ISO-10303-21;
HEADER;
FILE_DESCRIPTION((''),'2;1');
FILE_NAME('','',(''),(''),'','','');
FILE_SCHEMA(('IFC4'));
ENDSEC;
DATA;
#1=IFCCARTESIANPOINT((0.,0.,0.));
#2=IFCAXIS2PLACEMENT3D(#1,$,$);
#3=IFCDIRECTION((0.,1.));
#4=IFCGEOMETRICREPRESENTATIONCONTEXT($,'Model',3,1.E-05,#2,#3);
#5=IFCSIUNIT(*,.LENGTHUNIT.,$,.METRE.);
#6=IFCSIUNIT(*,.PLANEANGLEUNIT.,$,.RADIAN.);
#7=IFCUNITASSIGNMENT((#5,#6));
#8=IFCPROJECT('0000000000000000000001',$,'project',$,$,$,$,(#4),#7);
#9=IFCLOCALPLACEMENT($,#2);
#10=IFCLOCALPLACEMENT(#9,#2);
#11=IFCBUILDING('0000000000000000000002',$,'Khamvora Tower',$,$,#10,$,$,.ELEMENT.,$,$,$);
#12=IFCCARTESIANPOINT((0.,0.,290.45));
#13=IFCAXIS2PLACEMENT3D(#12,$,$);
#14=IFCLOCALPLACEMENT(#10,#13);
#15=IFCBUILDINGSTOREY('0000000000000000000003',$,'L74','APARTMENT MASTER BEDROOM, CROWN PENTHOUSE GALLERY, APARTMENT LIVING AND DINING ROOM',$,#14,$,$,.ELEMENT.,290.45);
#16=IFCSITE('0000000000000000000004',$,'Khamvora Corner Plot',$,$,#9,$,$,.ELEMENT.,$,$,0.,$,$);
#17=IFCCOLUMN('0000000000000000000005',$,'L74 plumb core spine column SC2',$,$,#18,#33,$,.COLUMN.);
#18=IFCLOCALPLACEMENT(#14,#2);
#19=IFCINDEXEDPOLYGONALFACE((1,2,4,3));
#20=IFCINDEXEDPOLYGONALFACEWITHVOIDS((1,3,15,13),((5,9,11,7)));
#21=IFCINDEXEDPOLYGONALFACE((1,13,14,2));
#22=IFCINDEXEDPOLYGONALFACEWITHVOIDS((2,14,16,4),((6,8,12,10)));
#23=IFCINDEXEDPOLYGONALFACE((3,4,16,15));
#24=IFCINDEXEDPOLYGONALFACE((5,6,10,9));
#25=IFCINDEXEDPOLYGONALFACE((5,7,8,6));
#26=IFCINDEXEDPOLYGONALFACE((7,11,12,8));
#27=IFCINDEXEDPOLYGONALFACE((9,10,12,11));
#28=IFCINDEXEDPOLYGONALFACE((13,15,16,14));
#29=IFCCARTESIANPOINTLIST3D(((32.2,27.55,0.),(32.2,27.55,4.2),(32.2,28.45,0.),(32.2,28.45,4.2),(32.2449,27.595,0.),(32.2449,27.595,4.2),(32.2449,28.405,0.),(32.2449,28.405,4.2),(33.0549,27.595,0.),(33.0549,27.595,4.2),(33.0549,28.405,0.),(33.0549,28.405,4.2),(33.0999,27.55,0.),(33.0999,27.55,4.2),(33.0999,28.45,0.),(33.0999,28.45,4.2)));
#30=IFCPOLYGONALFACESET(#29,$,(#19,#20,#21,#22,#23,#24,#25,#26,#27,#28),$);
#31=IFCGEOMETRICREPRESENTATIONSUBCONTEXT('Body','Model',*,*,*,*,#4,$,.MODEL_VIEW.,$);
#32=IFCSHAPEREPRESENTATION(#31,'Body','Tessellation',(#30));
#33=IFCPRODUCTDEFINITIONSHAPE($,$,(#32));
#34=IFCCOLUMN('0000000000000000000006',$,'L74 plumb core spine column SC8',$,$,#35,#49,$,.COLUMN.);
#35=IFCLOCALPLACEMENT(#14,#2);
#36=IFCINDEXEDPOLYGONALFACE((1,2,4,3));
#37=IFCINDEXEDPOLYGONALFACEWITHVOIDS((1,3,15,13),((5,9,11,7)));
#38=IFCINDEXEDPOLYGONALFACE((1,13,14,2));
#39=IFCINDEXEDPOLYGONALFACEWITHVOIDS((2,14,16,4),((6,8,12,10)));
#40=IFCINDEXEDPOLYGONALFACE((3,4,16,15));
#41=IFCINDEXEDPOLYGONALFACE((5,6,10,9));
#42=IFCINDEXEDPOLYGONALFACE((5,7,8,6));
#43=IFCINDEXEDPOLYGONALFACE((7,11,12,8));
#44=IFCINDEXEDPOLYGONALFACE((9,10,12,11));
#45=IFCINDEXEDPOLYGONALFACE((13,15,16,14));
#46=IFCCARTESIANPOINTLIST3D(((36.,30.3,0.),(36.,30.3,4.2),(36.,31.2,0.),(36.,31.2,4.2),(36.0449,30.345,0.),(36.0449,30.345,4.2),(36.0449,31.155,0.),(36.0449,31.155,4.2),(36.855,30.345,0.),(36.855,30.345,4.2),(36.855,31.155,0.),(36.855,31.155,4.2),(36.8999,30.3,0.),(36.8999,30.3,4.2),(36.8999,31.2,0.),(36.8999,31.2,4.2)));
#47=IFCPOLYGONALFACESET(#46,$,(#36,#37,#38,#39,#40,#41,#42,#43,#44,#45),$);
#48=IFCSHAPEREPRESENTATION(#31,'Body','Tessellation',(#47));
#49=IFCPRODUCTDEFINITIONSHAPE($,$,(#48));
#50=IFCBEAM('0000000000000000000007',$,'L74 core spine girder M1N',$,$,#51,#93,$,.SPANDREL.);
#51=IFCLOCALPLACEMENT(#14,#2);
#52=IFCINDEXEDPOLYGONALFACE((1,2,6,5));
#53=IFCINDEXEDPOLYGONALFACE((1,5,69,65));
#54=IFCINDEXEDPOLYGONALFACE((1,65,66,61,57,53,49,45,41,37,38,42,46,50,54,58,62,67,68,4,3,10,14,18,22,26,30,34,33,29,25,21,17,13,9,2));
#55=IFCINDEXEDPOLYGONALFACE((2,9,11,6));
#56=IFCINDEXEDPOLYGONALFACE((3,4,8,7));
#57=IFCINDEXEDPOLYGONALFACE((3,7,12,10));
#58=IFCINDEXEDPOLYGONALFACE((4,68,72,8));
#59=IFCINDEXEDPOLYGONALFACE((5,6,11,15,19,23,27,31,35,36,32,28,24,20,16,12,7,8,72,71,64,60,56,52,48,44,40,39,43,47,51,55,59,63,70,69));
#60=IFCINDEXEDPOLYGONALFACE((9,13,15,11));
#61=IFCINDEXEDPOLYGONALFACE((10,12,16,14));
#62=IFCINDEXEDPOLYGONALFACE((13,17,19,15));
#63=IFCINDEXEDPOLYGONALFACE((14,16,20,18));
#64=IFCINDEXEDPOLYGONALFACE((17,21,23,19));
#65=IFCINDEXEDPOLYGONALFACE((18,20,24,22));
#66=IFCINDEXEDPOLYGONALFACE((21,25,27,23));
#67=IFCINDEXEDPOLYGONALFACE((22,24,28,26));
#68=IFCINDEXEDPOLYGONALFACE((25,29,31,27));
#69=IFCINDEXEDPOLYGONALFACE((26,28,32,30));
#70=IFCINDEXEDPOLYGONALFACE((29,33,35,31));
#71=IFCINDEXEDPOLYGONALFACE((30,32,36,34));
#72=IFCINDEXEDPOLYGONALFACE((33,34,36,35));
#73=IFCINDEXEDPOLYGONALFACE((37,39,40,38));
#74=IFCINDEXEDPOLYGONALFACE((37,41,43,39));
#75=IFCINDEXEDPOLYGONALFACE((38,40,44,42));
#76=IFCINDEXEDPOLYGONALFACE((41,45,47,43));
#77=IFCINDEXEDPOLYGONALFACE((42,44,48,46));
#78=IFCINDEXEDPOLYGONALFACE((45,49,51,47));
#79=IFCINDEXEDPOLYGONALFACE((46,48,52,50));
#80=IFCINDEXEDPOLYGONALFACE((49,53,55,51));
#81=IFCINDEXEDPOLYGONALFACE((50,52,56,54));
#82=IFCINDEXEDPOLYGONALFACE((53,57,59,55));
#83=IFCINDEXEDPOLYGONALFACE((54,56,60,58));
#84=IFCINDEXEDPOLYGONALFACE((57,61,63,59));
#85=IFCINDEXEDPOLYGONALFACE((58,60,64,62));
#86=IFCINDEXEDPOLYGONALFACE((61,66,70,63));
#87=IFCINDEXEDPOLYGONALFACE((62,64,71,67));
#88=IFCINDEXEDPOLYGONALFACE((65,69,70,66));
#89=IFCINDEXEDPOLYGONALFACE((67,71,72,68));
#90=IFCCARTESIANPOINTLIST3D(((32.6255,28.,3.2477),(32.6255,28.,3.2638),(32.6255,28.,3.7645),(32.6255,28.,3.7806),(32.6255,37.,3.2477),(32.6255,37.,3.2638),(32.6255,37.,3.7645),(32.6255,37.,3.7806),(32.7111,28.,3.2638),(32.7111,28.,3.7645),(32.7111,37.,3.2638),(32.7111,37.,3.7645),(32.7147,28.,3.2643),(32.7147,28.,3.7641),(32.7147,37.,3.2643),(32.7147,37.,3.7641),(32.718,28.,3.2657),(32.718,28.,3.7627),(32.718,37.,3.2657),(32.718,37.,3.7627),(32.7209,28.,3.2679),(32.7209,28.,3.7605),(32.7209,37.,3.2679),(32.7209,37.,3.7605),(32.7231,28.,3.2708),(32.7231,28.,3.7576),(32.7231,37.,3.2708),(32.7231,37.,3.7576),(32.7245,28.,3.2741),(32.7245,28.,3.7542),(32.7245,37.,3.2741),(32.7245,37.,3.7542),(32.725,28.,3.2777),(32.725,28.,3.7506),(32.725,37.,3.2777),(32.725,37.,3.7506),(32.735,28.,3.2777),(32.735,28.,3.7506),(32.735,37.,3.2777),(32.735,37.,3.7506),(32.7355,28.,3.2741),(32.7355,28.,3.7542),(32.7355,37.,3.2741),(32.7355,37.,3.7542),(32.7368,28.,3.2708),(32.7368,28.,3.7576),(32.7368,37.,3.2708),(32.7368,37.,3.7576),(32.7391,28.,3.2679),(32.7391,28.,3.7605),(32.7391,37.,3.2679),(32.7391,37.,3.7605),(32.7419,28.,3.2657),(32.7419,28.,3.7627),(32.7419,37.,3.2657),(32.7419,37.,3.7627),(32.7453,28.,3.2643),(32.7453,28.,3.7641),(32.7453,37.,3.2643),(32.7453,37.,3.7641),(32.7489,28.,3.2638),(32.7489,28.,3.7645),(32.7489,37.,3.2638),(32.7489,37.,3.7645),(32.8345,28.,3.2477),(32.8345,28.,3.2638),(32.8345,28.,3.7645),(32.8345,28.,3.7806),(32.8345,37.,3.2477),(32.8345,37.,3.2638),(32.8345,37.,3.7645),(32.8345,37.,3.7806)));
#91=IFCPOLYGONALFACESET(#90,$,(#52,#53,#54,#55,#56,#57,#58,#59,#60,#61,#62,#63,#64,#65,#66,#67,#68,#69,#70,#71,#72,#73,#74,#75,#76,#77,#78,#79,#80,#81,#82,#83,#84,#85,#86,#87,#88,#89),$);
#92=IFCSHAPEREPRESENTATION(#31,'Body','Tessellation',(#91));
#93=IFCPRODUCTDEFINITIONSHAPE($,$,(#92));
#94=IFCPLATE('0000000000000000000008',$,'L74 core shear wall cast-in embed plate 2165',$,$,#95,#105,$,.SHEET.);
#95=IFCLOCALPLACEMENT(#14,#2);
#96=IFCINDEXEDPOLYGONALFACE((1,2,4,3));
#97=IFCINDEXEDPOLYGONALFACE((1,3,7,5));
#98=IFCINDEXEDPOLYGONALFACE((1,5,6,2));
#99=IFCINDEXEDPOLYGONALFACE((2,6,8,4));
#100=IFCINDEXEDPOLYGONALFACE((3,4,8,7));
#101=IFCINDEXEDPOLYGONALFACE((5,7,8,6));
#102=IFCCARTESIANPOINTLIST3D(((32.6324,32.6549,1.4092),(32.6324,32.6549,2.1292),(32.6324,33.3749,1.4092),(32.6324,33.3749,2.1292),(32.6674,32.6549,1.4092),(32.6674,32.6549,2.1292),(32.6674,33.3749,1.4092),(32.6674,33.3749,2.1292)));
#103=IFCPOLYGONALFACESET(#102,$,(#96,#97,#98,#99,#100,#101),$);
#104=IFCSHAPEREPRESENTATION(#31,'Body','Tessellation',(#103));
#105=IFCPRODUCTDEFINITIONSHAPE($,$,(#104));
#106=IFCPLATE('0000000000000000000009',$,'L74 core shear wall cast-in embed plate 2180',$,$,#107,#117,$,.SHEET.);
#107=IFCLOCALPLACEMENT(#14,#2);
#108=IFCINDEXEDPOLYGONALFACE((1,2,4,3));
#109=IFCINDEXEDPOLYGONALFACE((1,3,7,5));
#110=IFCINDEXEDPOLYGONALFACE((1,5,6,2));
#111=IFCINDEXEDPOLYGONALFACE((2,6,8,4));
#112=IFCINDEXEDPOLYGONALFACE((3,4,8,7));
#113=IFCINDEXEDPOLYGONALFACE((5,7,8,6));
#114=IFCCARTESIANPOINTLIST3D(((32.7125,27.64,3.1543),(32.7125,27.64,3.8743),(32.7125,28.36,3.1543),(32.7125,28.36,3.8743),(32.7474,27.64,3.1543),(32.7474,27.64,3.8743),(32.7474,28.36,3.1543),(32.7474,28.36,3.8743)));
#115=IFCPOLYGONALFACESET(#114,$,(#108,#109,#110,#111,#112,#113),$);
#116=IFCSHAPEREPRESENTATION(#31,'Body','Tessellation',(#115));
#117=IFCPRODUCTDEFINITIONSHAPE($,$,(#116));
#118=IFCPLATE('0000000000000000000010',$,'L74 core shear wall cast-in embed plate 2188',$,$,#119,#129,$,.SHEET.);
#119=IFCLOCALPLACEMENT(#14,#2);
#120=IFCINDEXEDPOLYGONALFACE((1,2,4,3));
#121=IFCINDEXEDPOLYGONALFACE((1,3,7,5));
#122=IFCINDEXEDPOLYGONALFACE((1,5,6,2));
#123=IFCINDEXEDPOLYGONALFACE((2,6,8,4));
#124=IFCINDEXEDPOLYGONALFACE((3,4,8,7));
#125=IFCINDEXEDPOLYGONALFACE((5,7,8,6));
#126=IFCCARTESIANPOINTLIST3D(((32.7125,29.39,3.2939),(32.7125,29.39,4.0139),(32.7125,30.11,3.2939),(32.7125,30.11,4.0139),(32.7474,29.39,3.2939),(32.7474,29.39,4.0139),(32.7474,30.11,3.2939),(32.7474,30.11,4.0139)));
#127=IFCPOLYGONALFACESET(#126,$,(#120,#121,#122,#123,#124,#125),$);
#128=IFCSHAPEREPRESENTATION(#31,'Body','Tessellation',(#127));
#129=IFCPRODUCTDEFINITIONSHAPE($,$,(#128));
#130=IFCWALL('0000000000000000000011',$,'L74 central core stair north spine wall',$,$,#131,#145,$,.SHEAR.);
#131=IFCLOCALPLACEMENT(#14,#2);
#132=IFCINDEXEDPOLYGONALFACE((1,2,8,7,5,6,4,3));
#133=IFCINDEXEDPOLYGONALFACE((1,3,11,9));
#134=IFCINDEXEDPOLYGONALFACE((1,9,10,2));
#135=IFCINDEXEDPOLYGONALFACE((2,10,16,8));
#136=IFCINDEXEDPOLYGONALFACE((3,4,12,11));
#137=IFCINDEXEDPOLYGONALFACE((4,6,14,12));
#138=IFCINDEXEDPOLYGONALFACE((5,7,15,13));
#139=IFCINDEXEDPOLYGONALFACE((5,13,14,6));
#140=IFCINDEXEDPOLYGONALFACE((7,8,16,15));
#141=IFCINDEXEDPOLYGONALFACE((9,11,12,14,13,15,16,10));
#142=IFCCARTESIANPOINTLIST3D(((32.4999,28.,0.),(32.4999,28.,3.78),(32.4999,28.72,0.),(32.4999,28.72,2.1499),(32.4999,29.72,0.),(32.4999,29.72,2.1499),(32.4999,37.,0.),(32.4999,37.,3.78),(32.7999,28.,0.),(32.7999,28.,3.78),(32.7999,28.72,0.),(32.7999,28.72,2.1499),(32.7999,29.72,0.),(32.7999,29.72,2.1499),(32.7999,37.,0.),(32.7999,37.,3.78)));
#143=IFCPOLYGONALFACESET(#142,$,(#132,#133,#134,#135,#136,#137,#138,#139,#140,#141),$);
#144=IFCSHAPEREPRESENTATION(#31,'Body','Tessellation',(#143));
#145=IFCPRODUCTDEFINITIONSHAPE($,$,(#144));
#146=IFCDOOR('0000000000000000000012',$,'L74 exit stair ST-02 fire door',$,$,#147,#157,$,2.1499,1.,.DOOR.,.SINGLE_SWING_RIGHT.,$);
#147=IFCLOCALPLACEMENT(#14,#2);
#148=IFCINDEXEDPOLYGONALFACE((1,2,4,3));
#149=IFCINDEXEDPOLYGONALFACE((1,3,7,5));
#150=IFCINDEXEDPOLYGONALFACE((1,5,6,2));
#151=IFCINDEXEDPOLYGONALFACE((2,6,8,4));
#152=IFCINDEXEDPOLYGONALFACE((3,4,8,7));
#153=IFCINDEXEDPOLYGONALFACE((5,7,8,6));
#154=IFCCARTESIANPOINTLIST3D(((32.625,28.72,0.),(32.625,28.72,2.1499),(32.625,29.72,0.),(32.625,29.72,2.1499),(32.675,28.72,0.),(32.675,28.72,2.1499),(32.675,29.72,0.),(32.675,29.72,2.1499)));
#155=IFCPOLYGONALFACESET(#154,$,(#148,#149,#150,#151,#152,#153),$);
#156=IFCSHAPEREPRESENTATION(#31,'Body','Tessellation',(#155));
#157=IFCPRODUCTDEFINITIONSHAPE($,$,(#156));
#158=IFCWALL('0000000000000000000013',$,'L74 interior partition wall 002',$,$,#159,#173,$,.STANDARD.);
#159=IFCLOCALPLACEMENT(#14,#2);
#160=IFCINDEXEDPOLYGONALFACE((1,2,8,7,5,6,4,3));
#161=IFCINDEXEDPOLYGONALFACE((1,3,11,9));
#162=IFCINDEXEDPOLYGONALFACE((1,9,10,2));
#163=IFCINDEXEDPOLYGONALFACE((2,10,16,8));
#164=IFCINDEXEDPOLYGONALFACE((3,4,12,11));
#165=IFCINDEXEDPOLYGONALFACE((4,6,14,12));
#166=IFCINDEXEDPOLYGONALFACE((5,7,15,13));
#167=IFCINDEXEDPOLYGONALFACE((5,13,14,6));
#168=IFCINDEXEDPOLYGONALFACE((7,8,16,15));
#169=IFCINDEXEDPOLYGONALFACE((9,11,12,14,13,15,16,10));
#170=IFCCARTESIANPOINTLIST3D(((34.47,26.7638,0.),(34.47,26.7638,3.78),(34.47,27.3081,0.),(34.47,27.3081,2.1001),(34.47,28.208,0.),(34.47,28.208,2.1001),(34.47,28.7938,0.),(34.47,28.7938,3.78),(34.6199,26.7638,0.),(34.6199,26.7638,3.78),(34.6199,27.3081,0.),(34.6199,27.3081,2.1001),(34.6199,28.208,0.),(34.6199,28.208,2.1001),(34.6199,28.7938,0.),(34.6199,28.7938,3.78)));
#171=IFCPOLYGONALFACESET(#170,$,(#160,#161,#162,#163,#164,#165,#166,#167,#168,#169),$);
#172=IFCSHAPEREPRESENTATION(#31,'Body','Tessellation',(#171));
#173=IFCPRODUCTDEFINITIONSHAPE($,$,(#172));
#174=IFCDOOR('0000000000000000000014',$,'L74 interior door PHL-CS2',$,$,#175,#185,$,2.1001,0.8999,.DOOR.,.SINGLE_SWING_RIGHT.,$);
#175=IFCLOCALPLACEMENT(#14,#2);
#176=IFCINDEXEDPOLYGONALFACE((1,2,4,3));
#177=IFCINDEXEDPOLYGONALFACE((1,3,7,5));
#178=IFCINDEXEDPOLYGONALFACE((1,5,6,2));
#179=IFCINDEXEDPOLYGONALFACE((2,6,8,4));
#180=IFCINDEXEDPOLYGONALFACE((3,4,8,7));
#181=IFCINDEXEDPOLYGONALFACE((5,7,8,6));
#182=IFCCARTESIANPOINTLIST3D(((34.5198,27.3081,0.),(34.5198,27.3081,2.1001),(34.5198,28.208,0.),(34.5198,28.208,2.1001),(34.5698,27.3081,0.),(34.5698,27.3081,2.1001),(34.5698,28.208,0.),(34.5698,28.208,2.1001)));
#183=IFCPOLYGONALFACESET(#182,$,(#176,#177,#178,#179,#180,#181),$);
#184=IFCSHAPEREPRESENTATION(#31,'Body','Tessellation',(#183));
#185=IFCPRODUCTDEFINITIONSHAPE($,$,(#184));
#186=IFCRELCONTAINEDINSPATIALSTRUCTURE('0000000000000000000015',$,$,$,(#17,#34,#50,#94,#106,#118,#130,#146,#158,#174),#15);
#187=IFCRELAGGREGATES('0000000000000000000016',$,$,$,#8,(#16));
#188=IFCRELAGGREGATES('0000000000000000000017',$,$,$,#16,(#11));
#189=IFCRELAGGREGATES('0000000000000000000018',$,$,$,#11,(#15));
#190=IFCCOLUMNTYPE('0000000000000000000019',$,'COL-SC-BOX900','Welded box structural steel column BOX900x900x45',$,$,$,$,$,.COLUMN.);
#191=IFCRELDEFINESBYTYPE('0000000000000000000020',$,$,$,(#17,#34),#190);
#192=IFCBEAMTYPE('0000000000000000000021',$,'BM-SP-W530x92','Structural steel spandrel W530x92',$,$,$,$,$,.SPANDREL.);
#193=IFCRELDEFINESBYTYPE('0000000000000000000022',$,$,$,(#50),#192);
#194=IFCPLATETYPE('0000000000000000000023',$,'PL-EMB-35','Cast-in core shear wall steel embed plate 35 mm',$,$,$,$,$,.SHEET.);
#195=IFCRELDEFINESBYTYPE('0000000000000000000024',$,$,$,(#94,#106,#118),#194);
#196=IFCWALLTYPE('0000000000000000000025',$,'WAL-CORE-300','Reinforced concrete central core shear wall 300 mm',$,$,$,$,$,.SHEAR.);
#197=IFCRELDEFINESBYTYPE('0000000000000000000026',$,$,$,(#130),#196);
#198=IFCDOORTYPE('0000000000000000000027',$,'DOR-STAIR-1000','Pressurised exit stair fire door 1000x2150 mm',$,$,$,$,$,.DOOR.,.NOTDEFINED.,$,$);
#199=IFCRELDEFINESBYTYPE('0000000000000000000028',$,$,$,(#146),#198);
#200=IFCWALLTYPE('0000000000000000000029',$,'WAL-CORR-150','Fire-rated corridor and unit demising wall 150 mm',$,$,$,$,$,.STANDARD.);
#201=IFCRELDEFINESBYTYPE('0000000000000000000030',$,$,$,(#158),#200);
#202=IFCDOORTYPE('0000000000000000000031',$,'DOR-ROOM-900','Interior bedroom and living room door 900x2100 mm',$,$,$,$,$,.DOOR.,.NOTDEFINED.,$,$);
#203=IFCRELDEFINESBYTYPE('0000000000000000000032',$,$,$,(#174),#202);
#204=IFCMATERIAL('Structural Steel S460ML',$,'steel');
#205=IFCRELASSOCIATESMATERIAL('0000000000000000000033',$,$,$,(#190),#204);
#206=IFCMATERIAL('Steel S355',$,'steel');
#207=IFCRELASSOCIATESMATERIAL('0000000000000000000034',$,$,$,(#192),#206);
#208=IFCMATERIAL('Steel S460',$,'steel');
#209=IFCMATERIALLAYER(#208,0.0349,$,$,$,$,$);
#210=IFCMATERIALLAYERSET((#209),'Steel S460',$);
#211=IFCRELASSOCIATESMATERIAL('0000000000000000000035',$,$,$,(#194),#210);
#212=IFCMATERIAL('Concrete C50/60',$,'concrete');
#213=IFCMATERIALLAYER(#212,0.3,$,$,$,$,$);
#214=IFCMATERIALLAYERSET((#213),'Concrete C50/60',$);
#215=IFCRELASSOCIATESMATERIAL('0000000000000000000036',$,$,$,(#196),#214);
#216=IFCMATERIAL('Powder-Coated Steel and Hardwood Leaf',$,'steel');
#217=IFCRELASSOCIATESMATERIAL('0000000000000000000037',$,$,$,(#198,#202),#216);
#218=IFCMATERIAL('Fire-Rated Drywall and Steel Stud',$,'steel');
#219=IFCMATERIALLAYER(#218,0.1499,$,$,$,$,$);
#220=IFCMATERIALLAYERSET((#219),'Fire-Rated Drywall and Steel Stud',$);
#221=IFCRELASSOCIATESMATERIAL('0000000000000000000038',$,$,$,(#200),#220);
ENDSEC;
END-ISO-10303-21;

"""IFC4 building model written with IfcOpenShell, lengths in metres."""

from ifc_helpers import new_model, si_unit, direction, frame, frame_2d, origin, origin_2d, place, context, subcontext, project, spatial, rectangle, hollow_rectangle, i_section, extrude, material, layer, layer_set, material_profile, profile_set, type_object, element, fill, save


model = new_model("IFC4")

# Units and contexts
model_context = context("Model", 3, precision=1e-05, world=origin(), true_north=direction((0.0, 1.0)))
body_context = subcontext(model_context, "Body", "Model", "MODEL_VIEW")
ifc_project = project(units=[si_unit("LENGTHUNIT", "METRE"), si_unit("PLANEANGLEUNIT", "RADIAN")], contexts=[model_context])

# Site, building, storey
site_placement = place(None, origin())
site = spatial("IfcSite", under=ifc_project, at=site_placement, Name="Khamvora Corner Plot", CompositionType="ELEMENT", RefElevation=0.0)
building_placement = place(site_placement, origin())
building = spatial("IfcBuilding", under=site, at=building_placement, Name="Khamvora Tower", CompositionType="ELEMENT")
storey_placement = place(building_placement, frame((0.0, 0.0, 290.45)))
storey = spatial("IfcBuildingStorey", under=building, at=storey_placement, Name="L74", Description="APARTMENT MASTER BEDROOM, CROWN PENTHOUSE GALLERY, APARTMENT LIVING AND DINING ROOM", CompositionType="ELEMENT", Elevation=290.45)

# Columns
ifc_material_1 = material(Name="Structural Steel S460ML", Category="steel")
ifc_material_profile_1 = material_profile(ifc_material_1, hollow_rectangle(XDim=0.8999, YDim=0.8999, WallThickness=0.0449, at=origin_2d()), Name="BOX900x900x45")
ifc_profile_set_1 = profile_set([ifc_material_profile_1], Name="Structural Steel S460ML")
column_type = type_object("IfcColumnType", Name="COL-SC-BOX900", Description="Welded box structural steel column BOX900x900x45", PredefinedType="COLUMN", material=ifc_profile_set_1)
for number, where, z_axis, x_axis, name in (
    (1, (32.6499, 28.0, 0.0), (0.0, 0.0, 1.0), (1.0, 0.0, 0.0), "L74 plumb core spine column SC2"),
    (2, (36.45, 30.75, 0.0), (0.0, 0.0, 1.0), (1.0, 0.0, 0.0), "L74 plumb core spine column SC8"),
):
    element("IfcColumn", number, at=place(storey_placement, frame(where, z_axis=z_axis, x_axis=x_axis)), inside=storey, type_object=column_type, Name=name, PredefinedType="COLUMN", context=body_context, shape_type="SweptSolid", body=[
        extrude(hollow_rectangle(XDim=0.8999, YDim=0.8999, WallThickness=0.0449, at=origin_2d()), origin(), (0.0, 0.0, 1.0), 4.2),
    ])

# Beam
ifc_material_2 = material(Name="Steel S355", Category="steel")
ifc_material_profile_2 = material_profile(ifc_material_2, i_section(OverallWidth=0.209, OverallDepth=0.533, WebThickness=0.01, FlangeThickness=0.0161, FilletRadius=0.0139, at=origin_2d()), Name="W530x92")
ifc_profile_set_2 = profile_set([ifc_material_profile_2], Name="Steel S355")
beam_type = type_object("IfcBeamType", Name="BM-SP-W530x92", Description="Structural steel spandrel W530x92", PredefinedType="SPANDREL", material=ifc_profile_set_2)
beam_placement = place(storey_placement, frame((32.73, 28.0, 3.5142), z_axis=(0.0, 1.0, 0.0), x_axis=(-1.0, 0.0, 0.0)))
element("IfcBeam", 3, at=beam_placement, inside=storey, type_object=beam_type, Name="L74 core spine girder M1N", PredefinedType="SPANDREL", context=body_context, shape_type="SweptSolid", body=[
    extrude(i_section(OverallWidth=0.209, OverallDepth=0.533, WebThickness=0.01, FlangeThickness=0.0161, FilletRadius=0.0139, at=origin_2d()), origin(), (0.0, 0.0, 1.0), 9.0),
])

# Plates
ifc_material_3 = material(Name="Steel S460", Category="steel")
ifc_layer_1 = layer(ifc_material_3, 0.0349)
ifc_layer_set_1 = layer_set([ifc_layer_1], Name="Steel S460")
plate_type = type_object("IfcPlateType", Name="PL-EMB-35", Description="Cast-in core shear wall steel embed plate 35 mm", PredefinedType="SHEET", material=ifc_layer_set_1)
for number, where, z_axis, x_axis, name in (
    (4, (32.6499, 33.0149, 1.4092), (0.0, 0.0, 1.0), (1.0, 0.0, 0.0), "L74 core shear wall cast-in embed plate 2165"),
    (5, (32.73, 28.0, 3.1543), (0.0, 0.0, 1.0), (1.0, 0.0, 0.0), "L74 core shear wall cast-in embed plate 2180"),
    (6, (32.73, 29.75, 3.2939), (0.0, 0.0, 1.0), (1.0, 0.0, 0.0), "L74 core shear wall cast-in embed plate 2188"),
):
    element("IfcPlate", number, at=place(storey_placement, frame(where, z_axis=z_axis, x_axis=x_axis)), inside=storey, type_object=plate_type, Name=name, PredefinedType="SHEET", context=body_context, shape_type="SweptSolid", body=[
        extrude(rectangle(XDim=0.0349, YDim=0.72, at=origin_2d()), origin(), (0.0, 0.0, 1.0), 0.72),
    ])

# Wall, opening, door
ifc_material_4 = material(Name="Concrete C50/60", Category="concrete")
ifc_layer_2 = layer(ifc_material_4, 0.3)
ifc_layer_set_2 = layer_set([ifc_layer_2], Name="Concrete C50/60")
wall_type_1 = type_object("IfcWallType", Name="WAL-CORE-300", Description="Reinforced concrete central core shear wall 300 mm", PredefinedType="SHEAR", material=ifc_layer_set_2)
wall_1_placement = place(storey_placement, frame((32.6499, 28.0, 0.0), z_axis=(0.0, 0.0, 1.0), x_axis=(0.0, 1.0, 0.0)))
wall_1 = element("IfcWall", 7, at=wall_1_placement, inside=storey, type_object=wall_type_1, Name="L74 central core stair north spine wall", PredefinedType="SHEAR", context=body_context, shape_type="SweptSolid", body=[
    extrude(rectangle(XDim=9.0, YDim=0.3, at=frame_2d((4.5, 0.0))), origin(), (0.0, 0.0, 1.0), 3.78),
])
opening_1_placement = place(wall_1_placement, frame((0.72, 0.0, 0.0)))
opening_1 = element("IfcOpeningElement", 8, at=opening_1_placement, cuts=wall_1, PredefinedType="OPENING", context=body_context, shape_type="SweptSolid", body=[
    extrude(rectangle(XDim=1.0, YDim=2.1499, at=frame_2d((0.5, 1.075))), frame((0.0, 0.1599, 0.0), z_axis=(0.0, -1.0, 0.0), x_axis=(1.0, 0.0, 0.0)), (0.0, 0.0, 1.0), 0.3201),
])
ifc_material_5 = material(Name="Powder-Coated Steel and Hardwood Leaf", Category="steel")
door_type_1 = type_object("IfcDoorType", Name="DOR-STAIR-1000", Description="Pressurised exit stair fire door 1000x2150 mm", OperationType="NOTDEFINED", PredefinedType="DOOR", material=ifc_material_5)
door_1_placement = place(opening_1_placement, origin())
door_1 = element("IfcDoor", 9, at=door_1_placement, inside=storey, type_object=door_type_1, Name="L74 exit stair ST-02 fire door", OperationType="SINGLE_SWING_RIGHT", OverallHeight=2.1499, OverallWidth=1.0, PredefinedType="DOOR", context=body_context, shape_type="SweptSolid", body=[
    extrude(rectangle(XDim=1.0, YDim=2.1499, at=frame_2d((0.5, 1.075))), frame((0.0, 0.0249, 0.0), z_axis=(0.0, -1.0, 0.0), x_axis=(1.0, 0.0, 0.0)), (0.0, 0.0, 1.0), 0.05),
])
fill(opening_1, door_1)

# Wall, opening, door
ifc_material_6 = material(Name="Fire-Rated Drywall and Steel Stud", Category="steel")
ifc_layer_3 = layer(ifc_material_6, 0.1499)
ifc_layer_set_3 = layer_set([ifc_layer_3], Name="Fire-Rated Drywall and Steel Stud")
wall_type_2 = type_object("IfcWallType", Name="WAL-CORR-150", Description="Fire-rated corridor and unit demising wall 150 mm", PredefinedType="STANDARD", material=ifc_layer_set_3)
wall_2_placement = place(storey_placement, frame((34.5449, 28.7939, 0.0), z_axis=(0.0, 0.0, 1.0), x_axis=(0.0, -1.0, 0.0)))
wall_2 = element("IfcWall", 10, at=wall_2_placement, inside=storey, type_object=wall_type_2, Name="L74 interior partition wall 002", PredefinedType="STANDARD", context=body_context, shape_type="SweptSolid", body=[
    extrude(rectangle(XDim=2.03, YDim=0.1499, at=frame_2d((1.0151, 0.0))), origin(), (0.0, 0.0, 1.0), 3.78),
])
opening_2_placement = place(wall_2_placement, frame((0.5859, 0.0, 0.0)))
opening_2 = element("IfcOpeningElement", 11, at=opening_2_placement, cuts=wall_2, PredefinedType="OPENING", context=body_context, shape_type="SweptSolid", body=[
    extrude(rectangle(XDim=0.8999, YDim=2.1001, at=frame_2d((0.45, 1.05))), frame((0.0, 0.085, 0.0), z_axis=(0.0, -1.0, 0.0), x_axis=(1.0, 0.0, 0.0)), (0.0, 0.0, 1.0), 0.1699),
])
door_type_2 = type_object("IfcDoorType", Name="DOR-ROOM-900", Description="Interior bedroom and living room door 900x2100 mm", OperationType="NOTDEFINED", PredefinedType="DOOR", material=ifc_material_5)
door_2_placement = place(opening_2_placement, origin())
door_2 = element("IfcDoor", 12, at=door_2_placement, inside=storey, type_object=door_type_2, Name="L74 interior door PHL-CS2", OperationType="SINGLE_SWING_RIGHT", OverallHeight=2.1001, OverallWidth=0.8999, PredefinedType="DOOR", context=body_context, shape_type="SweptSolid", body=[
    extrude(rectangle(XDim=0.8999, YDim=2.1001, at=frame_2d((0.45, 1.05))), frame((0.0, 0.0249, 0.0), z_axis=(0.0, -1.0, 0.0), x_axis=(1.0, 0.0, 0.0)), (0.0, 0.0, 1.0), 0.05),
])
fill(opening_2, door_2)

save(model, "model.ifc")
